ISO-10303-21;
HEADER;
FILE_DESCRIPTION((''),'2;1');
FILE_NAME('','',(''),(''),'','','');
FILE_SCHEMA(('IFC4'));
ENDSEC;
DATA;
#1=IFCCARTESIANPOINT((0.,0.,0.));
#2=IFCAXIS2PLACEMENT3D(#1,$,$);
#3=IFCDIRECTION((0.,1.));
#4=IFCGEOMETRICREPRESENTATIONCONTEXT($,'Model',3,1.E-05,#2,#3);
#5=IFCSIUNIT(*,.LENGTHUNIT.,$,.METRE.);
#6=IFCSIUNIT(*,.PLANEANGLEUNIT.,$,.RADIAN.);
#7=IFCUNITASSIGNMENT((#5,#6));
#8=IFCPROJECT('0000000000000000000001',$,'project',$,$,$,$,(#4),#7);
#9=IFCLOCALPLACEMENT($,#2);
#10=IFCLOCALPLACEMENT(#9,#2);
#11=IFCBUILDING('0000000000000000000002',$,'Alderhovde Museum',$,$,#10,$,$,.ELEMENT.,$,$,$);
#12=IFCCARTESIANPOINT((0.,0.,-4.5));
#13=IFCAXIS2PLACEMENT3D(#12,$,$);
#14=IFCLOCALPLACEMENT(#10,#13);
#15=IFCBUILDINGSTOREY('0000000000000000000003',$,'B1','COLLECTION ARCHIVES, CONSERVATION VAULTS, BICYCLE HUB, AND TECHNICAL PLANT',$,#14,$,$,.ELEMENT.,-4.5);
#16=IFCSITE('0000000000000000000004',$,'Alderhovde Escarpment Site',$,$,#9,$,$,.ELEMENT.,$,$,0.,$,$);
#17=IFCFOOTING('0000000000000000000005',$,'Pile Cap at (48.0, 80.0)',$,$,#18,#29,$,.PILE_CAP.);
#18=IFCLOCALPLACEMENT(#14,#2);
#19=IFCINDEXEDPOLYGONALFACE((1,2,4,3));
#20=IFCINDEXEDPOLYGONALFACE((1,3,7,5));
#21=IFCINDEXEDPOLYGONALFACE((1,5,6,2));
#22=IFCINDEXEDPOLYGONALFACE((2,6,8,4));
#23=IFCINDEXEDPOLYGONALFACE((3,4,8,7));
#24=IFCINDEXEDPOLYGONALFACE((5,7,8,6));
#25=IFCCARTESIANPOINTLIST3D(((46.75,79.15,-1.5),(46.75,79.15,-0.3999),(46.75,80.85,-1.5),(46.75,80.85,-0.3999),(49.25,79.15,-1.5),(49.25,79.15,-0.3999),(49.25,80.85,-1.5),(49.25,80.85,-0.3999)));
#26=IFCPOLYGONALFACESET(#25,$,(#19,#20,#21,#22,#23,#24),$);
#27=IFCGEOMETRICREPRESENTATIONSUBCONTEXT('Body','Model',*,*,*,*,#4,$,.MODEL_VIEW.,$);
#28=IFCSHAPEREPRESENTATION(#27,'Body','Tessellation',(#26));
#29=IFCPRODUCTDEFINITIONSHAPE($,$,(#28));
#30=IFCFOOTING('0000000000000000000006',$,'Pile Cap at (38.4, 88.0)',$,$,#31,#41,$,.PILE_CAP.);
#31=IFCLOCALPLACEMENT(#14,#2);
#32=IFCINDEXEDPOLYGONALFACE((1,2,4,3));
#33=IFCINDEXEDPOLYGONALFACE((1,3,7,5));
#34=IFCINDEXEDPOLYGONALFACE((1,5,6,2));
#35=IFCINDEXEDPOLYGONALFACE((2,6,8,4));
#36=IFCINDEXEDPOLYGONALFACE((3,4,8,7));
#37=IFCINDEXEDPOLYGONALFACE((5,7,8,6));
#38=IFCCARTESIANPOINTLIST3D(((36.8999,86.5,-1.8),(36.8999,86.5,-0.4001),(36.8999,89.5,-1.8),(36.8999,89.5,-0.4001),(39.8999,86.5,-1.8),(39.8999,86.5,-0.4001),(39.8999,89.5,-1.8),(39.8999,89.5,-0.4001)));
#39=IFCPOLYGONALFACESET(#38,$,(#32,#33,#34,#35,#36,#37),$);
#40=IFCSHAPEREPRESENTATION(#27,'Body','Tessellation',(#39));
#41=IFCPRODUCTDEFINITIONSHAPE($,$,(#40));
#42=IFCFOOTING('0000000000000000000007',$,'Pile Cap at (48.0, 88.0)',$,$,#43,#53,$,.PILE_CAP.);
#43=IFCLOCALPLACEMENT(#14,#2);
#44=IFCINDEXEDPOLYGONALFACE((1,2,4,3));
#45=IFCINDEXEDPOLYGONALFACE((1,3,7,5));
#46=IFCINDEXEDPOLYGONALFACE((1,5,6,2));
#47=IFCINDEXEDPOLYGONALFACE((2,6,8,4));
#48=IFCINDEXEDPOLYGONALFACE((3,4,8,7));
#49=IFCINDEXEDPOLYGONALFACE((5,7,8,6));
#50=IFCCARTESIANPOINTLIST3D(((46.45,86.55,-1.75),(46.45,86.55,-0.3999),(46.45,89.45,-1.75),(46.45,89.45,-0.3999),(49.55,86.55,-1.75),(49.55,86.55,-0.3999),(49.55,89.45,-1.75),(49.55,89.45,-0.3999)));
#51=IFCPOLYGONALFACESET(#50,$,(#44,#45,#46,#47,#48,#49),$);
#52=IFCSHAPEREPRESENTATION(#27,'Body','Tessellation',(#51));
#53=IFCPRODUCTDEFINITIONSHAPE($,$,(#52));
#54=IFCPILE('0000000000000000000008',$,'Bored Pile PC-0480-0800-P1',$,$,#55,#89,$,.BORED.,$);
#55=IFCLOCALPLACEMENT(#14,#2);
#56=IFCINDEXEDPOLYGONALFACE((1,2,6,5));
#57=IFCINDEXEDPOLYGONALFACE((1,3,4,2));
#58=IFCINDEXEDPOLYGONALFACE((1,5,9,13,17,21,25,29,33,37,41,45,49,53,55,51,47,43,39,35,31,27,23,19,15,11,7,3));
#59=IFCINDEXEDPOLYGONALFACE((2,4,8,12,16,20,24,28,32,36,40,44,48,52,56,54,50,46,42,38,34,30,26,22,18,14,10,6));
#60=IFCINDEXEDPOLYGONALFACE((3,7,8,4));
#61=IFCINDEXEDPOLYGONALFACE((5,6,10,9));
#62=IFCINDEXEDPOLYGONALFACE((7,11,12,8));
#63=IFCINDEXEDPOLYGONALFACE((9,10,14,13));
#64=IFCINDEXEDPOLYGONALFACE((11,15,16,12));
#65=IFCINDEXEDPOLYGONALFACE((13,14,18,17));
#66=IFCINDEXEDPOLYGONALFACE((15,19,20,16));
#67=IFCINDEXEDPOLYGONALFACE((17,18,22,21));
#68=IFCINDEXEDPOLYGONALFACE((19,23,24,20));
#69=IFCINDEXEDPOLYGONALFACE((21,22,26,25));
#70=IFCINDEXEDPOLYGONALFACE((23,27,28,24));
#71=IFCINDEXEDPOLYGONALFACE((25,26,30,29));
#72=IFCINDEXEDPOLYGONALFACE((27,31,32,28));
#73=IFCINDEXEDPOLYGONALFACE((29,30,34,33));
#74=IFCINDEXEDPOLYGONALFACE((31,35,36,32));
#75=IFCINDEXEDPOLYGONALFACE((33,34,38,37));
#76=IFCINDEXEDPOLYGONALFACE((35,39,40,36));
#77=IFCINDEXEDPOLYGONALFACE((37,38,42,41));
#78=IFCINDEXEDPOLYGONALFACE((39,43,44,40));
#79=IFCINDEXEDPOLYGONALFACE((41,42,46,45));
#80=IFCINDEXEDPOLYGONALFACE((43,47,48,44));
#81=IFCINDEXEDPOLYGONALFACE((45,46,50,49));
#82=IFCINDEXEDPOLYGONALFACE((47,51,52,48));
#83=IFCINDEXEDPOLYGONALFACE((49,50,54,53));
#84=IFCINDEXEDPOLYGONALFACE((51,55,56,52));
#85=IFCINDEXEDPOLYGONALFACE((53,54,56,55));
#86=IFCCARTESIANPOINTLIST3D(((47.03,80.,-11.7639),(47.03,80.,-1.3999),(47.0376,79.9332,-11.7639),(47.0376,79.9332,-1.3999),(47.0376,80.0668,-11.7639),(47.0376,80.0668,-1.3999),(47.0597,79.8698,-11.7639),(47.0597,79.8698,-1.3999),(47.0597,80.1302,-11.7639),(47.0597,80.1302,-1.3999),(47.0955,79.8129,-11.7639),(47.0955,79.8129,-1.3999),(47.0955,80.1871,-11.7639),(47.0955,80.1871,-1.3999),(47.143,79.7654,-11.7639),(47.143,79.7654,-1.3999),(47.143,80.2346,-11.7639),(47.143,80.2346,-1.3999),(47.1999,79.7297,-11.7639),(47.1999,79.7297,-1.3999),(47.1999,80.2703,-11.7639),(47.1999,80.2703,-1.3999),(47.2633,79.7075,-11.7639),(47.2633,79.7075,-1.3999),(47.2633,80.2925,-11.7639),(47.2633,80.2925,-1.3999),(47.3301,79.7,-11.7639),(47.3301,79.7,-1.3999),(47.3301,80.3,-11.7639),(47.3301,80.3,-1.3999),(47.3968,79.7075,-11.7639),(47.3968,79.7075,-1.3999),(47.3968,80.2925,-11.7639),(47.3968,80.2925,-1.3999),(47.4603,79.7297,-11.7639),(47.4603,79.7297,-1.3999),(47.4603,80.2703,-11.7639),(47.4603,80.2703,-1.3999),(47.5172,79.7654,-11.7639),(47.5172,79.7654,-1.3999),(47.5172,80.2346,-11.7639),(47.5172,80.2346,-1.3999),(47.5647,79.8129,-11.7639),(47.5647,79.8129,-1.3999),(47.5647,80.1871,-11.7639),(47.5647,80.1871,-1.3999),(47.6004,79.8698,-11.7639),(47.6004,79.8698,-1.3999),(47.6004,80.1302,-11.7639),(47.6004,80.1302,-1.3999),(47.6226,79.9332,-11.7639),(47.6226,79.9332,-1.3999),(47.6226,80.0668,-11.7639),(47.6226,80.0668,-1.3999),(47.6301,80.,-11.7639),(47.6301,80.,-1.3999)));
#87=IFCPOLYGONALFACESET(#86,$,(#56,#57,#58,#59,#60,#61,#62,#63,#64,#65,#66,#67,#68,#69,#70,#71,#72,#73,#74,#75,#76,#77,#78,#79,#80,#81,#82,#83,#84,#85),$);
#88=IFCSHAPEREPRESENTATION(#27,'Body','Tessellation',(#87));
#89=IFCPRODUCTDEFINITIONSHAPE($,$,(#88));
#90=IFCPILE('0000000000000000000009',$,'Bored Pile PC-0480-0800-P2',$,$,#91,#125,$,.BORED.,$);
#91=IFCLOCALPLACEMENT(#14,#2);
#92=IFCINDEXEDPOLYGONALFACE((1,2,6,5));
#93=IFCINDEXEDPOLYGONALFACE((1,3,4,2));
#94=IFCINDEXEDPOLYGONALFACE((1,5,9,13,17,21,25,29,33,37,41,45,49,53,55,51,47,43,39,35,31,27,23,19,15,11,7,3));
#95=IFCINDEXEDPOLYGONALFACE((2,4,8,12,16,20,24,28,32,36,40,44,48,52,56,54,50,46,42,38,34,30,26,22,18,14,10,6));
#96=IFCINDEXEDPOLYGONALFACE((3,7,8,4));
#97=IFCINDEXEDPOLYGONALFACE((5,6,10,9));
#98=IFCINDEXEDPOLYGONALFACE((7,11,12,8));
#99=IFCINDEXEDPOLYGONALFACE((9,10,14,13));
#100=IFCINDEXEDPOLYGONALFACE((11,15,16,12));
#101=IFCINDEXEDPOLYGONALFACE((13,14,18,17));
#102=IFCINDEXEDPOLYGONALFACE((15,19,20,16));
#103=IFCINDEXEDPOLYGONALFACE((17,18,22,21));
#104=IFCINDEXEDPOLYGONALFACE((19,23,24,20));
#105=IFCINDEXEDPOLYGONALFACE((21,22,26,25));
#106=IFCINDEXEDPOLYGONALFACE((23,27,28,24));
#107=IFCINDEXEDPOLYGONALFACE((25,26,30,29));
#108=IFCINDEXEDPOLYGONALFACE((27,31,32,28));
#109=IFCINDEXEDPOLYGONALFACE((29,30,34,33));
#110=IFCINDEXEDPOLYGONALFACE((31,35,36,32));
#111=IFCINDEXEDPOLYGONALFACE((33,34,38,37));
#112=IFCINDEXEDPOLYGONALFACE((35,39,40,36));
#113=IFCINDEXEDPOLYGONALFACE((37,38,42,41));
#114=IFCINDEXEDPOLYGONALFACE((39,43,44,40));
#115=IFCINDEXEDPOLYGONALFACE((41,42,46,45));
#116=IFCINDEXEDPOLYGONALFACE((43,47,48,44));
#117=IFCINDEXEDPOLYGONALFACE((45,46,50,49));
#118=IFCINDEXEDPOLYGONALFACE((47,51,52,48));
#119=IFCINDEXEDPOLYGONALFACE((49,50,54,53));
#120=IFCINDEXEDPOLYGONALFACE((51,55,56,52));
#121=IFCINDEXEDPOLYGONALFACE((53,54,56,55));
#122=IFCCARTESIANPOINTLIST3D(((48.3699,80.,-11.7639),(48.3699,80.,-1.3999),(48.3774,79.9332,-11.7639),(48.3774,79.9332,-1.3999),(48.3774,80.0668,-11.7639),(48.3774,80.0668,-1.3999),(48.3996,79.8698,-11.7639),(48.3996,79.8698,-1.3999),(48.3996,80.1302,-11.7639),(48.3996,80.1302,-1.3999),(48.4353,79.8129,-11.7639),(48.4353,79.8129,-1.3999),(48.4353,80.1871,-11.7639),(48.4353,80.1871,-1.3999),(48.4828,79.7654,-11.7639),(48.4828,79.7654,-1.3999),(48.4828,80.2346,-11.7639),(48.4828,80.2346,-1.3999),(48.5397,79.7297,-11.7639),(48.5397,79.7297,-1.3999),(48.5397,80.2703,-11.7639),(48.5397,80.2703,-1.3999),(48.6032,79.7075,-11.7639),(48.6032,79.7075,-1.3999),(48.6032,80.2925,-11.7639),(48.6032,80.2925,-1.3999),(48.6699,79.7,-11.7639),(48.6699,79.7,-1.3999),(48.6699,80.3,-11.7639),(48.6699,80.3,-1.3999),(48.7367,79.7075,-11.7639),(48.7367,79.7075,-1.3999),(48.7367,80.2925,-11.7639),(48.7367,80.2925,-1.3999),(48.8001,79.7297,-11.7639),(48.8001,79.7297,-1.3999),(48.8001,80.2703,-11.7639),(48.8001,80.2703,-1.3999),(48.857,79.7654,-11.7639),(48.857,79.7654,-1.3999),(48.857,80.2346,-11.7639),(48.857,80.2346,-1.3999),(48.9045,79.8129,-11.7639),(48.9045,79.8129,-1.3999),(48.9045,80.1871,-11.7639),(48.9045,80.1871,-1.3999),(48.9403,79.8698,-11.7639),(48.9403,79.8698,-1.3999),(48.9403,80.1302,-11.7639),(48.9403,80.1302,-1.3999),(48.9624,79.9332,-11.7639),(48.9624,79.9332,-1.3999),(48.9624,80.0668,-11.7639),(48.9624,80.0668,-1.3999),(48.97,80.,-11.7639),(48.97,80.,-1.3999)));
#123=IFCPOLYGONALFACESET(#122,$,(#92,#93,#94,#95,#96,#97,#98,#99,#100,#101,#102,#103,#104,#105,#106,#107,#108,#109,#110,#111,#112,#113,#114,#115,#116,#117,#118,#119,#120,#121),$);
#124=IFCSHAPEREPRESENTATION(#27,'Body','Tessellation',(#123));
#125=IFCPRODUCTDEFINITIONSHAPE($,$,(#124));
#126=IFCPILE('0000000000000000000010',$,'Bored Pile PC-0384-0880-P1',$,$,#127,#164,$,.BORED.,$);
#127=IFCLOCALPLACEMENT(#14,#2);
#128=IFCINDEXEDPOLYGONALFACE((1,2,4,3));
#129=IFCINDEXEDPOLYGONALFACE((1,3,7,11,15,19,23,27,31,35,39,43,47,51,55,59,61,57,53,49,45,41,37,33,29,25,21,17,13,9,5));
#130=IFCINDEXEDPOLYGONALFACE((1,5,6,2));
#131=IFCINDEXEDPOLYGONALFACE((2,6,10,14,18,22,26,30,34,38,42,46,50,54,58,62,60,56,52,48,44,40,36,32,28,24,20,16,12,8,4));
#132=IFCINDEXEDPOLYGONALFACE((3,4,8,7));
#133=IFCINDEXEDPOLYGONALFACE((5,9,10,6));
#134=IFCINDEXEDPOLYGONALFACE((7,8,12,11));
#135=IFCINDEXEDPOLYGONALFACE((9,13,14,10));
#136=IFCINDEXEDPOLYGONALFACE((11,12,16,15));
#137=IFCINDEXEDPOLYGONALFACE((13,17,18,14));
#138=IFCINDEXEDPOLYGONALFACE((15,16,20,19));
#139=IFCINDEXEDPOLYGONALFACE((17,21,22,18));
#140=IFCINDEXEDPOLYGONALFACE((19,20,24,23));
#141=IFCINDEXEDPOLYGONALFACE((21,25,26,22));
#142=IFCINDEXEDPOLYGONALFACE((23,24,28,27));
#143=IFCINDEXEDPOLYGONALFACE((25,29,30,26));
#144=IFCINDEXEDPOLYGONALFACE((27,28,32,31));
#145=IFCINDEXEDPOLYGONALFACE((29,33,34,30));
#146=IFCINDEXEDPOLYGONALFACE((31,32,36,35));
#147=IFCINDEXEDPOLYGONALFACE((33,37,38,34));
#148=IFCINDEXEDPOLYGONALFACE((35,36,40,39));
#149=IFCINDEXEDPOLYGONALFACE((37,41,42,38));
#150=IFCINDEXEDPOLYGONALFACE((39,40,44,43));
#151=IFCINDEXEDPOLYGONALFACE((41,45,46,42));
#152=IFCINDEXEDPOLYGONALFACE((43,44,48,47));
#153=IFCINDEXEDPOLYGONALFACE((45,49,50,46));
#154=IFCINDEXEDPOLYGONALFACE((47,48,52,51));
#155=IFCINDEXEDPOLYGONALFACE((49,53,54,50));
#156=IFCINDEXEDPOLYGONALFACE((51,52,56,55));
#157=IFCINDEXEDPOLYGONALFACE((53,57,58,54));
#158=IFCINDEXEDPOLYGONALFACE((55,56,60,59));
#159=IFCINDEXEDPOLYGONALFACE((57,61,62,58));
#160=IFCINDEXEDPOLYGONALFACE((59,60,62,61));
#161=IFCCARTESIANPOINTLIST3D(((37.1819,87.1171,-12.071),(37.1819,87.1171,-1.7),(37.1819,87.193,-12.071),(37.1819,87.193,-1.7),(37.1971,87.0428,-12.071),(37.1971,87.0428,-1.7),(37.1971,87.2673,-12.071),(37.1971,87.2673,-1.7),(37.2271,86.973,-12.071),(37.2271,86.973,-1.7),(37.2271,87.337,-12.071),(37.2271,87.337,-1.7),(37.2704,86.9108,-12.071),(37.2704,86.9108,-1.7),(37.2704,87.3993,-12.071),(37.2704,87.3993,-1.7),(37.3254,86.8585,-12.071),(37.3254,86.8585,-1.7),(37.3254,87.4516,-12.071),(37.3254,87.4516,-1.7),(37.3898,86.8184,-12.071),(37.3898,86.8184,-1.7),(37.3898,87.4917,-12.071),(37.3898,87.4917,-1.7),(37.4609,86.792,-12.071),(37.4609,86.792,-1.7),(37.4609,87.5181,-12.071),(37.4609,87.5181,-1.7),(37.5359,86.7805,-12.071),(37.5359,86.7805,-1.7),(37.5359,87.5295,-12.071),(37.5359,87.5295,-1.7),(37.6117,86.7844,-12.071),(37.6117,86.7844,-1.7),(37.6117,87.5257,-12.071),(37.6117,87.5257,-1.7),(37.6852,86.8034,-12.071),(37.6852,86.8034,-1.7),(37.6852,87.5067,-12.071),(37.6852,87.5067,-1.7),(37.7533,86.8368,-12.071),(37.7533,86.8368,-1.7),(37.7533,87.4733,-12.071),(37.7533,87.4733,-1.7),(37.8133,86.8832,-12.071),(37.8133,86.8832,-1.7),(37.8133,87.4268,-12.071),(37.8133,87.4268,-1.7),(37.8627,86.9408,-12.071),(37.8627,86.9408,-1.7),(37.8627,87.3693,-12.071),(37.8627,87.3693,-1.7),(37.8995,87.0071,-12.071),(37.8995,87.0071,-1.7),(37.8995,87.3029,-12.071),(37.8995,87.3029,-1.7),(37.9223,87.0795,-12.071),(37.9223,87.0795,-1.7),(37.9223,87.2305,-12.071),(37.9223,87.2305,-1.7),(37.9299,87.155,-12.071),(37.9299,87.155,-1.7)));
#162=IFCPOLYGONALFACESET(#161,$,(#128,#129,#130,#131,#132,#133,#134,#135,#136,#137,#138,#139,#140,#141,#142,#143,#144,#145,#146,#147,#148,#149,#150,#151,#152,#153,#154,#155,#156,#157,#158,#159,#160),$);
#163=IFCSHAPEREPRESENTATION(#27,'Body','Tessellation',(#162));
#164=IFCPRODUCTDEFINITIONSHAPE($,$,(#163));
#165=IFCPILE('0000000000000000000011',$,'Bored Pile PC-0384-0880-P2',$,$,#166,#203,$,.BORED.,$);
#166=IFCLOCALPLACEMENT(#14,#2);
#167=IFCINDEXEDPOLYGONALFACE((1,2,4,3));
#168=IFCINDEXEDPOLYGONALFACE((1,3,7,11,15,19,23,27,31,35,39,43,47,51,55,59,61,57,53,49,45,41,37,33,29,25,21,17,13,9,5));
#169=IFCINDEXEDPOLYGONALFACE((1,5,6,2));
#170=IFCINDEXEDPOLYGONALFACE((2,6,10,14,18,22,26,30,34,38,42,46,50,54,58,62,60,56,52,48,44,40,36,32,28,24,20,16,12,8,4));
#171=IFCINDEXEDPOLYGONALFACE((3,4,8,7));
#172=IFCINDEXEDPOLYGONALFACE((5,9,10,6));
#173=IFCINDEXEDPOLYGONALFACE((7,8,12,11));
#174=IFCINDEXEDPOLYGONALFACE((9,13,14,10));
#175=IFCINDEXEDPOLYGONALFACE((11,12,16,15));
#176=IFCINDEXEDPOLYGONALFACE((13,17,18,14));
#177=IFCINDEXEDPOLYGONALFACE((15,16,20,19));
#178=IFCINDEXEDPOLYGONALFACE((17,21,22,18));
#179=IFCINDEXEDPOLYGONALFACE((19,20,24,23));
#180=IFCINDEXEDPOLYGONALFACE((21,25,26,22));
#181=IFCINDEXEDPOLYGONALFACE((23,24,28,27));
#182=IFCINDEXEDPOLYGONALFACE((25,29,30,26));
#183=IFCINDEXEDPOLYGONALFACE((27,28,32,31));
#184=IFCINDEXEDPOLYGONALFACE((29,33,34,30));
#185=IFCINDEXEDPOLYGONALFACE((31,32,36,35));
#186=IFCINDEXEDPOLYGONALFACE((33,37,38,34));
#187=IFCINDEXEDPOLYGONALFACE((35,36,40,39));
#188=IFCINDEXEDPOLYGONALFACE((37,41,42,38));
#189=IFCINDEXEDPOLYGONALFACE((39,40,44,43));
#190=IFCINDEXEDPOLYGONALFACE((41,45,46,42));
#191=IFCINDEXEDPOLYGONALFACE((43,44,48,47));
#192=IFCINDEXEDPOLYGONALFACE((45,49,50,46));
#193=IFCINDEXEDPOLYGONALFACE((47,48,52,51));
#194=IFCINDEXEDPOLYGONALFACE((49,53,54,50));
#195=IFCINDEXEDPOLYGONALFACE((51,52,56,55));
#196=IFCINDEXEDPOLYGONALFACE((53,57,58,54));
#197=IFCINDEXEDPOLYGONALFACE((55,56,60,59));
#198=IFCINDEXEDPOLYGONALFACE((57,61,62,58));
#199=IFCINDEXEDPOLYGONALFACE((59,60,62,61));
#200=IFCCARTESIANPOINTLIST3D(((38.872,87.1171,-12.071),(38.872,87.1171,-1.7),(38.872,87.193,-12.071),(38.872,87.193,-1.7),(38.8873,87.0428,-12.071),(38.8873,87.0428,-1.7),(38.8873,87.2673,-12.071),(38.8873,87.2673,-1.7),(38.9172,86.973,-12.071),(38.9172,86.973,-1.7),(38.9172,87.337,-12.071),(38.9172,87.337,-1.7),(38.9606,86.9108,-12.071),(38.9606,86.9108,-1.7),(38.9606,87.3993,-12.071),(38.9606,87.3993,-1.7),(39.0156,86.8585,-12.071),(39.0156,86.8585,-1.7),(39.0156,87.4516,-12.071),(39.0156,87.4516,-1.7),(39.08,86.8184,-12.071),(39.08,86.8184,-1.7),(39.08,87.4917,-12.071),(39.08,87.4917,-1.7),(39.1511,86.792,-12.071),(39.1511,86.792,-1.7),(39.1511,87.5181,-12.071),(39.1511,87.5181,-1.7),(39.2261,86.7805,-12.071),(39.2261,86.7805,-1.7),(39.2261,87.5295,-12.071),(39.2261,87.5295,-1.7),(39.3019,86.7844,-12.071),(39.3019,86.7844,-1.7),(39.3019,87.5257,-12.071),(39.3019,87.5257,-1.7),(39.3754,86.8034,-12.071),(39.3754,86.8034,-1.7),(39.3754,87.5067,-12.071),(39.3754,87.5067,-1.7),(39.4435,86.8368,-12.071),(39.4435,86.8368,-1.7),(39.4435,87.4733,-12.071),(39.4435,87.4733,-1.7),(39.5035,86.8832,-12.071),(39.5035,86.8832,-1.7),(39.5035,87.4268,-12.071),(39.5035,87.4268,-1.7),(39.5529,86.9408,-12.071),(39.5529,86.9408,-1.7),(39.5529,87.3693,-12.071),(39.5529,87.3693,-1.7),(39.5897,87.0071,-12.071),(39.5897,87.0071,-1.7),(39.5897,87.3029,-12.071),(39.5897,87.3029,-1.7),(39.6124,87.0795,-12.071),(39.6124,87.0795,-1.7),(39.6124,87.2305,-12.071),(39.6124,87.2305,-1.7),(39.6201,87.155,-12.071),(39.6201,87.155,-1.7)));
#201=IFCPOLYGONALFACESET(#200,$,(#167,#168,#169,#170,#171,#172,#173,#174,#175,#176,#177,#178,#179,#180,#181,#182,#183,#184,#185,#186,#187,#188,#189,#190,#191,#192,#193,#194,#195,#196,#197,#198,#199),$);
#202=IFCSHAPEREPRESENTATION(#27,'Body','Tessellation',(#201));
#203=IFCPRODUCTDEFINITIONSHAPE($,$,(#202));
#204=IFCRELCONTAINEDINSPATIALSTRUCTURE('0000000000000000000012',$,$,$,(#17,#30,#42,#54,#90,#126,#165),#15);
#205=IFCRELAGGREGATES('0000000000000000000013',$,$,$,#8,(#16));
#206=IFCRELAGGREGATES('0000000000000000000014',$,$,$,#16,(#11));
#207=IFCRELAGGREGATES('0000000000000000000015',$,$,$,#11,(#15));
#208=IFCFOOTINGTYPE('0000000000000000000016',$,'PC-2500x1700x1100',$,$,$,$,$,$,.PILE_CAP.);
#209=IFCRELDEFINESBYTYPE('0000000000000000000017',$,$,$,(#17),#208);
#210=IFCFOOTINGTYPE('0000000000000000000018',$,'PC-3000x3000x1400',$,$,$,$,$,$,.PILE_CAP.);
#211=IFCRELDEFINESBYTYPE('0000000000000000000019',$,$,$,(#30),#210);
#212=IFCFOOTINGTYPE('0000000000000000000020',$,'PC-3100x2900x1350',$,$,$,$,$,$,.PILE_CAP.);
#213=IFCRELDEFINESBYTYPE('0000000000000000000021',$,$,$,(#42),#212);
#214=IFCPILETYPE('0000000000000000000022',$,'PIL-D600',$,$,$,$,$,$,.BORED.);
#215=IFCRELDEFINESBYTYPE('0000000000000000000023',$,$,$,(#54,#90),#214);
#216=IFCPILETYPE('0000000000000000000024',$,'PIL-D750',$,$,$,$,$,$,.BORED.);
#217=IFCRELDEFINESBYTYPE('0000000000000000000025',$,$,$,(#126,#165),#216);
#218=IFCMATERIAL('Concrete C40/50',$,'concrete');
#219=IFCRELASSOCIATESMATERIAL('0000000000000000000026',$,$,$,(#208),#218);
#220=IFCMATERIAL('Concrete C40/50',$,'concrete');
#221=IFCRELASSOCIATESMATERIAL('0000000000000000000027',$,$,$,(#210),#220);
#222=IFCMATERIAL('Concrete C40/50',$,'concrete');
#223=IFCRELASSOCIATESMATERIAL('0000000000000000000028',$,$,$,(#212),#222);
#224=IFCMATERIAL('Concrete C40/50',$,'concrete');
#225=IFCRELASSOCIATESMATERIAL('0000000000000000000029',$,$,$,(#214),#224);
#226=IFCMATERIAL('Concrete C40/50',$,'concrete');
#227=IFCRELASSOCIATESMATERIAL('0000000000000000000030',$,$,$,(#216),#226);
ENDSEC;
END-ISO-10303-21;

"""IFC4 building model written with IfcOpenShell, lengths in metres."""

from ifc_helpers import new_model, si_unit, direction, frame, origin, origin_2d, place, context, subcontext, project, spatial, rectangle, circle, extrude, material, material_profile, profile_set, type_object, element, save


model = new_model("IFC4")

# Units and contexts
model_context = context("Model", 3, precision=1e-05, world=origin(), true_north=direction((0.0, 1.0)))
body_context = subcontext(model_context, "Body", "Model", "MODEL_VIEW")
ifc_project = project(units=[si_unit("LENGTHUNIT", "METRE"), si_unit("PLANEANGLEUNIT", "RADIAN")], contexts=[model_context])

# Site, building, storey
site_placement = place(None, origin())
site = spatial("IfcSite", under=ifc_project, at=site_placement, Name="Alderhovde Escarpment Site", CompositionType="ELEMENT", RefElevation=0.0)
building_placement = place(site_placement, origin())
building = spatial("IfcBuilding", under=site, at=building_placement, Name="Alderhovde Museum", CompositionType="ELEMENT")
storey_placement = place(building_placement, frame((0.0, 0.0, -4.5)))
storey = spatial("IfcBuildingStorey", under=building, at=storey_placement, Name="B1", Description="COLLECTION ARCHIVES, CONSERVATION VAULTS, BICYCLE HUB, AND TECHNICAL PLANT", CompositionType="ELEMENT", Elevation=-4.5)

# Footings
ifc_material_1 = material(Name="Concrete C40/50", Category="concrete")
footing_type_1 = type_object("IfcFootingType", Name="PC-2500x1700x1100", PredefinedType="PILE_CAP", material=ifc_material_1)
footing_1_placement = place(storey_placement, frame((48.0, 80.0, -1.5), z_axis=(0.0, 0.0, 1.0), x_axis=(1.0, 0.0, 0.0)))
element("IfcFooting", 1, at=footing_1_placement, inside=storey, type_object=footing_type_1, Name="Pile Cap at (48.0, 80.0)", PredefinedType="PILE_CAP", context=body_context, shape_type="SweptSolid", body=[
    extrude(rectangle(XDim=2.5, YDim=1.7, at=origin_2d()), origin(), (0.0, 0.0, 1.0), 1.1001),
])
ifc_material_2 = material(Name="Concrete C40/50", Category="concrete")
footing_type_2 = type_object("IfcFootingType", Name="PC-3000x3000x1400", PredefinedType="PILE_CAP", material=ifc_material_2)
footing_2_placement = place(storey_placement, frame((38.3999, 88.0, -1.8), z_axis=(0.0, 0.0, 1.0), x_axis=(1.0, 0.0, 0.0)))
element("IfcFooting", 2, at=footing_2_placement, inside=storey, type_object=footing_type_2, Name="Pile Cap at (38.4, 88.0)", PredefinedType="PILE_CAP", context=body_context, shape_type="SweptSolid", body=[
    extrude(rectangle(XDim=3.0, YDim=3.0, at=origin_2d()), origin(), (0.0, 0.0, 1.0), 1.3999),
])
ifc_material_3 = material(Name="Concrete C40/50", Category="concrete")
footing_type_3 = type_object("IfcFootingType", Name="PC-3100x2900x1350", PredefinedType="PILE_CAP", material=ifc_material_3)
footing_3_placement = place(storey_placement, frame((48.0, 88.0, -1.75), z_axis=(0.0, 0.0, 1.0), x_axis=(1.0, 0.0, 0.0)))
element("IfcFooting", 3, at=footing_3_placement, inside=storey, type_object=footing_type_3, Name="Pile Cap at (48.0, 88.0)", PredefinedType="PILE_CAP", context=body_context, shape_type="SweptSolid", body=[
    extrude(rectangle(XDim=3.1001, YDim=2.8999, at=origin_2d()), origin(), (0.0, 0.0, 1.0), 1.3501),
])

# Piles
ifc_material_4 = material(Name="Concrete C40/50", Category="concrete")
ifc_material_profile_1 = material_profile(ifc_material_4, circle(Radius=0.3, at=origin_2d()), Name="PILE-D600")
ifc_profile_set_1 = profile_set([ifc_material_profile_1], Name="Concrete C40/50")
pile_type_1 = type_object("IfcPileType", Name="PIL-D600", PredefinedType="BORED", material=ifc_profile_set_1)
for number, where, z_axis, x_axis, name in (
    (4, (47.3301, 80.0, -1.3999), (0.0, 0.0, -1.0), (1.0, 0.0, 0.0), "Bored Pile PC-0480-0800-P1"),
    (5, (48.6699, 80.0, -1.3999), (0.0, 0.0, -1.0), (1.0, 0.0, 0.0), "Bored Pile PC-0480-0800-P2"),
):
    element("IfcPile", number, at=place(storey_placement, frame(where, z_axis=z_axis, x_axis=x_axis)), inside=storey, type_object=pile_type_1, Name=name, PredefinedType="BORED", context=body_context, shape_type="SweptSolid", body=[
        extrude(circle(Radius=0.3, at=origin_2d()), origin(), (0.0, 0.0, 1.0), 10.364),
    ])
ifc_material_5 = material(Name="Concrete C40/50", Category="concrete")
ifc_material_profile_2 = material_profile(ifc_material_5, circle(Radius=0.375, at=origin_2d()), Name="PILE-D750")
ifc_profile_set_2 = profile_set([ifc_material_profile_2], Name="Concrete C40/50")
pile_type_2 = type_object("IfcPileType", Name="PIL-D750", PredefinedType="BORED", material=ifc_profile_set_2)
for number, where, z_axis, x_axis, name in (
    (6, (37.5549, 87.155, -1.7), (0.0, 0.0, -1.0), (1.0, 0.0, 0.0), "Bored Pile PC-0384-0880-P1"),
    (7, (39.2451, 87.155, -1.7), (0.0, 0.0, -1.0), (1.0, 0.0, 0.0), "Bored Pile PC-0384-0880-P2"),
):
    element("IfcPile", number, at=place(storey_placement, frame(where, z_axis=z_axis, x_axis=x_axis)), inside=storey, type_object=pile_type_2, Name=name, PredefinedType="BORED", context=body_context, shape_type="SweptSolid", body=[
        extrude(circle(Radius=0.375, at=origin_2d()), origin(), (0.0, 0.0, 1.0), 10.3711),
    ])

save(model, "model.ifc")
